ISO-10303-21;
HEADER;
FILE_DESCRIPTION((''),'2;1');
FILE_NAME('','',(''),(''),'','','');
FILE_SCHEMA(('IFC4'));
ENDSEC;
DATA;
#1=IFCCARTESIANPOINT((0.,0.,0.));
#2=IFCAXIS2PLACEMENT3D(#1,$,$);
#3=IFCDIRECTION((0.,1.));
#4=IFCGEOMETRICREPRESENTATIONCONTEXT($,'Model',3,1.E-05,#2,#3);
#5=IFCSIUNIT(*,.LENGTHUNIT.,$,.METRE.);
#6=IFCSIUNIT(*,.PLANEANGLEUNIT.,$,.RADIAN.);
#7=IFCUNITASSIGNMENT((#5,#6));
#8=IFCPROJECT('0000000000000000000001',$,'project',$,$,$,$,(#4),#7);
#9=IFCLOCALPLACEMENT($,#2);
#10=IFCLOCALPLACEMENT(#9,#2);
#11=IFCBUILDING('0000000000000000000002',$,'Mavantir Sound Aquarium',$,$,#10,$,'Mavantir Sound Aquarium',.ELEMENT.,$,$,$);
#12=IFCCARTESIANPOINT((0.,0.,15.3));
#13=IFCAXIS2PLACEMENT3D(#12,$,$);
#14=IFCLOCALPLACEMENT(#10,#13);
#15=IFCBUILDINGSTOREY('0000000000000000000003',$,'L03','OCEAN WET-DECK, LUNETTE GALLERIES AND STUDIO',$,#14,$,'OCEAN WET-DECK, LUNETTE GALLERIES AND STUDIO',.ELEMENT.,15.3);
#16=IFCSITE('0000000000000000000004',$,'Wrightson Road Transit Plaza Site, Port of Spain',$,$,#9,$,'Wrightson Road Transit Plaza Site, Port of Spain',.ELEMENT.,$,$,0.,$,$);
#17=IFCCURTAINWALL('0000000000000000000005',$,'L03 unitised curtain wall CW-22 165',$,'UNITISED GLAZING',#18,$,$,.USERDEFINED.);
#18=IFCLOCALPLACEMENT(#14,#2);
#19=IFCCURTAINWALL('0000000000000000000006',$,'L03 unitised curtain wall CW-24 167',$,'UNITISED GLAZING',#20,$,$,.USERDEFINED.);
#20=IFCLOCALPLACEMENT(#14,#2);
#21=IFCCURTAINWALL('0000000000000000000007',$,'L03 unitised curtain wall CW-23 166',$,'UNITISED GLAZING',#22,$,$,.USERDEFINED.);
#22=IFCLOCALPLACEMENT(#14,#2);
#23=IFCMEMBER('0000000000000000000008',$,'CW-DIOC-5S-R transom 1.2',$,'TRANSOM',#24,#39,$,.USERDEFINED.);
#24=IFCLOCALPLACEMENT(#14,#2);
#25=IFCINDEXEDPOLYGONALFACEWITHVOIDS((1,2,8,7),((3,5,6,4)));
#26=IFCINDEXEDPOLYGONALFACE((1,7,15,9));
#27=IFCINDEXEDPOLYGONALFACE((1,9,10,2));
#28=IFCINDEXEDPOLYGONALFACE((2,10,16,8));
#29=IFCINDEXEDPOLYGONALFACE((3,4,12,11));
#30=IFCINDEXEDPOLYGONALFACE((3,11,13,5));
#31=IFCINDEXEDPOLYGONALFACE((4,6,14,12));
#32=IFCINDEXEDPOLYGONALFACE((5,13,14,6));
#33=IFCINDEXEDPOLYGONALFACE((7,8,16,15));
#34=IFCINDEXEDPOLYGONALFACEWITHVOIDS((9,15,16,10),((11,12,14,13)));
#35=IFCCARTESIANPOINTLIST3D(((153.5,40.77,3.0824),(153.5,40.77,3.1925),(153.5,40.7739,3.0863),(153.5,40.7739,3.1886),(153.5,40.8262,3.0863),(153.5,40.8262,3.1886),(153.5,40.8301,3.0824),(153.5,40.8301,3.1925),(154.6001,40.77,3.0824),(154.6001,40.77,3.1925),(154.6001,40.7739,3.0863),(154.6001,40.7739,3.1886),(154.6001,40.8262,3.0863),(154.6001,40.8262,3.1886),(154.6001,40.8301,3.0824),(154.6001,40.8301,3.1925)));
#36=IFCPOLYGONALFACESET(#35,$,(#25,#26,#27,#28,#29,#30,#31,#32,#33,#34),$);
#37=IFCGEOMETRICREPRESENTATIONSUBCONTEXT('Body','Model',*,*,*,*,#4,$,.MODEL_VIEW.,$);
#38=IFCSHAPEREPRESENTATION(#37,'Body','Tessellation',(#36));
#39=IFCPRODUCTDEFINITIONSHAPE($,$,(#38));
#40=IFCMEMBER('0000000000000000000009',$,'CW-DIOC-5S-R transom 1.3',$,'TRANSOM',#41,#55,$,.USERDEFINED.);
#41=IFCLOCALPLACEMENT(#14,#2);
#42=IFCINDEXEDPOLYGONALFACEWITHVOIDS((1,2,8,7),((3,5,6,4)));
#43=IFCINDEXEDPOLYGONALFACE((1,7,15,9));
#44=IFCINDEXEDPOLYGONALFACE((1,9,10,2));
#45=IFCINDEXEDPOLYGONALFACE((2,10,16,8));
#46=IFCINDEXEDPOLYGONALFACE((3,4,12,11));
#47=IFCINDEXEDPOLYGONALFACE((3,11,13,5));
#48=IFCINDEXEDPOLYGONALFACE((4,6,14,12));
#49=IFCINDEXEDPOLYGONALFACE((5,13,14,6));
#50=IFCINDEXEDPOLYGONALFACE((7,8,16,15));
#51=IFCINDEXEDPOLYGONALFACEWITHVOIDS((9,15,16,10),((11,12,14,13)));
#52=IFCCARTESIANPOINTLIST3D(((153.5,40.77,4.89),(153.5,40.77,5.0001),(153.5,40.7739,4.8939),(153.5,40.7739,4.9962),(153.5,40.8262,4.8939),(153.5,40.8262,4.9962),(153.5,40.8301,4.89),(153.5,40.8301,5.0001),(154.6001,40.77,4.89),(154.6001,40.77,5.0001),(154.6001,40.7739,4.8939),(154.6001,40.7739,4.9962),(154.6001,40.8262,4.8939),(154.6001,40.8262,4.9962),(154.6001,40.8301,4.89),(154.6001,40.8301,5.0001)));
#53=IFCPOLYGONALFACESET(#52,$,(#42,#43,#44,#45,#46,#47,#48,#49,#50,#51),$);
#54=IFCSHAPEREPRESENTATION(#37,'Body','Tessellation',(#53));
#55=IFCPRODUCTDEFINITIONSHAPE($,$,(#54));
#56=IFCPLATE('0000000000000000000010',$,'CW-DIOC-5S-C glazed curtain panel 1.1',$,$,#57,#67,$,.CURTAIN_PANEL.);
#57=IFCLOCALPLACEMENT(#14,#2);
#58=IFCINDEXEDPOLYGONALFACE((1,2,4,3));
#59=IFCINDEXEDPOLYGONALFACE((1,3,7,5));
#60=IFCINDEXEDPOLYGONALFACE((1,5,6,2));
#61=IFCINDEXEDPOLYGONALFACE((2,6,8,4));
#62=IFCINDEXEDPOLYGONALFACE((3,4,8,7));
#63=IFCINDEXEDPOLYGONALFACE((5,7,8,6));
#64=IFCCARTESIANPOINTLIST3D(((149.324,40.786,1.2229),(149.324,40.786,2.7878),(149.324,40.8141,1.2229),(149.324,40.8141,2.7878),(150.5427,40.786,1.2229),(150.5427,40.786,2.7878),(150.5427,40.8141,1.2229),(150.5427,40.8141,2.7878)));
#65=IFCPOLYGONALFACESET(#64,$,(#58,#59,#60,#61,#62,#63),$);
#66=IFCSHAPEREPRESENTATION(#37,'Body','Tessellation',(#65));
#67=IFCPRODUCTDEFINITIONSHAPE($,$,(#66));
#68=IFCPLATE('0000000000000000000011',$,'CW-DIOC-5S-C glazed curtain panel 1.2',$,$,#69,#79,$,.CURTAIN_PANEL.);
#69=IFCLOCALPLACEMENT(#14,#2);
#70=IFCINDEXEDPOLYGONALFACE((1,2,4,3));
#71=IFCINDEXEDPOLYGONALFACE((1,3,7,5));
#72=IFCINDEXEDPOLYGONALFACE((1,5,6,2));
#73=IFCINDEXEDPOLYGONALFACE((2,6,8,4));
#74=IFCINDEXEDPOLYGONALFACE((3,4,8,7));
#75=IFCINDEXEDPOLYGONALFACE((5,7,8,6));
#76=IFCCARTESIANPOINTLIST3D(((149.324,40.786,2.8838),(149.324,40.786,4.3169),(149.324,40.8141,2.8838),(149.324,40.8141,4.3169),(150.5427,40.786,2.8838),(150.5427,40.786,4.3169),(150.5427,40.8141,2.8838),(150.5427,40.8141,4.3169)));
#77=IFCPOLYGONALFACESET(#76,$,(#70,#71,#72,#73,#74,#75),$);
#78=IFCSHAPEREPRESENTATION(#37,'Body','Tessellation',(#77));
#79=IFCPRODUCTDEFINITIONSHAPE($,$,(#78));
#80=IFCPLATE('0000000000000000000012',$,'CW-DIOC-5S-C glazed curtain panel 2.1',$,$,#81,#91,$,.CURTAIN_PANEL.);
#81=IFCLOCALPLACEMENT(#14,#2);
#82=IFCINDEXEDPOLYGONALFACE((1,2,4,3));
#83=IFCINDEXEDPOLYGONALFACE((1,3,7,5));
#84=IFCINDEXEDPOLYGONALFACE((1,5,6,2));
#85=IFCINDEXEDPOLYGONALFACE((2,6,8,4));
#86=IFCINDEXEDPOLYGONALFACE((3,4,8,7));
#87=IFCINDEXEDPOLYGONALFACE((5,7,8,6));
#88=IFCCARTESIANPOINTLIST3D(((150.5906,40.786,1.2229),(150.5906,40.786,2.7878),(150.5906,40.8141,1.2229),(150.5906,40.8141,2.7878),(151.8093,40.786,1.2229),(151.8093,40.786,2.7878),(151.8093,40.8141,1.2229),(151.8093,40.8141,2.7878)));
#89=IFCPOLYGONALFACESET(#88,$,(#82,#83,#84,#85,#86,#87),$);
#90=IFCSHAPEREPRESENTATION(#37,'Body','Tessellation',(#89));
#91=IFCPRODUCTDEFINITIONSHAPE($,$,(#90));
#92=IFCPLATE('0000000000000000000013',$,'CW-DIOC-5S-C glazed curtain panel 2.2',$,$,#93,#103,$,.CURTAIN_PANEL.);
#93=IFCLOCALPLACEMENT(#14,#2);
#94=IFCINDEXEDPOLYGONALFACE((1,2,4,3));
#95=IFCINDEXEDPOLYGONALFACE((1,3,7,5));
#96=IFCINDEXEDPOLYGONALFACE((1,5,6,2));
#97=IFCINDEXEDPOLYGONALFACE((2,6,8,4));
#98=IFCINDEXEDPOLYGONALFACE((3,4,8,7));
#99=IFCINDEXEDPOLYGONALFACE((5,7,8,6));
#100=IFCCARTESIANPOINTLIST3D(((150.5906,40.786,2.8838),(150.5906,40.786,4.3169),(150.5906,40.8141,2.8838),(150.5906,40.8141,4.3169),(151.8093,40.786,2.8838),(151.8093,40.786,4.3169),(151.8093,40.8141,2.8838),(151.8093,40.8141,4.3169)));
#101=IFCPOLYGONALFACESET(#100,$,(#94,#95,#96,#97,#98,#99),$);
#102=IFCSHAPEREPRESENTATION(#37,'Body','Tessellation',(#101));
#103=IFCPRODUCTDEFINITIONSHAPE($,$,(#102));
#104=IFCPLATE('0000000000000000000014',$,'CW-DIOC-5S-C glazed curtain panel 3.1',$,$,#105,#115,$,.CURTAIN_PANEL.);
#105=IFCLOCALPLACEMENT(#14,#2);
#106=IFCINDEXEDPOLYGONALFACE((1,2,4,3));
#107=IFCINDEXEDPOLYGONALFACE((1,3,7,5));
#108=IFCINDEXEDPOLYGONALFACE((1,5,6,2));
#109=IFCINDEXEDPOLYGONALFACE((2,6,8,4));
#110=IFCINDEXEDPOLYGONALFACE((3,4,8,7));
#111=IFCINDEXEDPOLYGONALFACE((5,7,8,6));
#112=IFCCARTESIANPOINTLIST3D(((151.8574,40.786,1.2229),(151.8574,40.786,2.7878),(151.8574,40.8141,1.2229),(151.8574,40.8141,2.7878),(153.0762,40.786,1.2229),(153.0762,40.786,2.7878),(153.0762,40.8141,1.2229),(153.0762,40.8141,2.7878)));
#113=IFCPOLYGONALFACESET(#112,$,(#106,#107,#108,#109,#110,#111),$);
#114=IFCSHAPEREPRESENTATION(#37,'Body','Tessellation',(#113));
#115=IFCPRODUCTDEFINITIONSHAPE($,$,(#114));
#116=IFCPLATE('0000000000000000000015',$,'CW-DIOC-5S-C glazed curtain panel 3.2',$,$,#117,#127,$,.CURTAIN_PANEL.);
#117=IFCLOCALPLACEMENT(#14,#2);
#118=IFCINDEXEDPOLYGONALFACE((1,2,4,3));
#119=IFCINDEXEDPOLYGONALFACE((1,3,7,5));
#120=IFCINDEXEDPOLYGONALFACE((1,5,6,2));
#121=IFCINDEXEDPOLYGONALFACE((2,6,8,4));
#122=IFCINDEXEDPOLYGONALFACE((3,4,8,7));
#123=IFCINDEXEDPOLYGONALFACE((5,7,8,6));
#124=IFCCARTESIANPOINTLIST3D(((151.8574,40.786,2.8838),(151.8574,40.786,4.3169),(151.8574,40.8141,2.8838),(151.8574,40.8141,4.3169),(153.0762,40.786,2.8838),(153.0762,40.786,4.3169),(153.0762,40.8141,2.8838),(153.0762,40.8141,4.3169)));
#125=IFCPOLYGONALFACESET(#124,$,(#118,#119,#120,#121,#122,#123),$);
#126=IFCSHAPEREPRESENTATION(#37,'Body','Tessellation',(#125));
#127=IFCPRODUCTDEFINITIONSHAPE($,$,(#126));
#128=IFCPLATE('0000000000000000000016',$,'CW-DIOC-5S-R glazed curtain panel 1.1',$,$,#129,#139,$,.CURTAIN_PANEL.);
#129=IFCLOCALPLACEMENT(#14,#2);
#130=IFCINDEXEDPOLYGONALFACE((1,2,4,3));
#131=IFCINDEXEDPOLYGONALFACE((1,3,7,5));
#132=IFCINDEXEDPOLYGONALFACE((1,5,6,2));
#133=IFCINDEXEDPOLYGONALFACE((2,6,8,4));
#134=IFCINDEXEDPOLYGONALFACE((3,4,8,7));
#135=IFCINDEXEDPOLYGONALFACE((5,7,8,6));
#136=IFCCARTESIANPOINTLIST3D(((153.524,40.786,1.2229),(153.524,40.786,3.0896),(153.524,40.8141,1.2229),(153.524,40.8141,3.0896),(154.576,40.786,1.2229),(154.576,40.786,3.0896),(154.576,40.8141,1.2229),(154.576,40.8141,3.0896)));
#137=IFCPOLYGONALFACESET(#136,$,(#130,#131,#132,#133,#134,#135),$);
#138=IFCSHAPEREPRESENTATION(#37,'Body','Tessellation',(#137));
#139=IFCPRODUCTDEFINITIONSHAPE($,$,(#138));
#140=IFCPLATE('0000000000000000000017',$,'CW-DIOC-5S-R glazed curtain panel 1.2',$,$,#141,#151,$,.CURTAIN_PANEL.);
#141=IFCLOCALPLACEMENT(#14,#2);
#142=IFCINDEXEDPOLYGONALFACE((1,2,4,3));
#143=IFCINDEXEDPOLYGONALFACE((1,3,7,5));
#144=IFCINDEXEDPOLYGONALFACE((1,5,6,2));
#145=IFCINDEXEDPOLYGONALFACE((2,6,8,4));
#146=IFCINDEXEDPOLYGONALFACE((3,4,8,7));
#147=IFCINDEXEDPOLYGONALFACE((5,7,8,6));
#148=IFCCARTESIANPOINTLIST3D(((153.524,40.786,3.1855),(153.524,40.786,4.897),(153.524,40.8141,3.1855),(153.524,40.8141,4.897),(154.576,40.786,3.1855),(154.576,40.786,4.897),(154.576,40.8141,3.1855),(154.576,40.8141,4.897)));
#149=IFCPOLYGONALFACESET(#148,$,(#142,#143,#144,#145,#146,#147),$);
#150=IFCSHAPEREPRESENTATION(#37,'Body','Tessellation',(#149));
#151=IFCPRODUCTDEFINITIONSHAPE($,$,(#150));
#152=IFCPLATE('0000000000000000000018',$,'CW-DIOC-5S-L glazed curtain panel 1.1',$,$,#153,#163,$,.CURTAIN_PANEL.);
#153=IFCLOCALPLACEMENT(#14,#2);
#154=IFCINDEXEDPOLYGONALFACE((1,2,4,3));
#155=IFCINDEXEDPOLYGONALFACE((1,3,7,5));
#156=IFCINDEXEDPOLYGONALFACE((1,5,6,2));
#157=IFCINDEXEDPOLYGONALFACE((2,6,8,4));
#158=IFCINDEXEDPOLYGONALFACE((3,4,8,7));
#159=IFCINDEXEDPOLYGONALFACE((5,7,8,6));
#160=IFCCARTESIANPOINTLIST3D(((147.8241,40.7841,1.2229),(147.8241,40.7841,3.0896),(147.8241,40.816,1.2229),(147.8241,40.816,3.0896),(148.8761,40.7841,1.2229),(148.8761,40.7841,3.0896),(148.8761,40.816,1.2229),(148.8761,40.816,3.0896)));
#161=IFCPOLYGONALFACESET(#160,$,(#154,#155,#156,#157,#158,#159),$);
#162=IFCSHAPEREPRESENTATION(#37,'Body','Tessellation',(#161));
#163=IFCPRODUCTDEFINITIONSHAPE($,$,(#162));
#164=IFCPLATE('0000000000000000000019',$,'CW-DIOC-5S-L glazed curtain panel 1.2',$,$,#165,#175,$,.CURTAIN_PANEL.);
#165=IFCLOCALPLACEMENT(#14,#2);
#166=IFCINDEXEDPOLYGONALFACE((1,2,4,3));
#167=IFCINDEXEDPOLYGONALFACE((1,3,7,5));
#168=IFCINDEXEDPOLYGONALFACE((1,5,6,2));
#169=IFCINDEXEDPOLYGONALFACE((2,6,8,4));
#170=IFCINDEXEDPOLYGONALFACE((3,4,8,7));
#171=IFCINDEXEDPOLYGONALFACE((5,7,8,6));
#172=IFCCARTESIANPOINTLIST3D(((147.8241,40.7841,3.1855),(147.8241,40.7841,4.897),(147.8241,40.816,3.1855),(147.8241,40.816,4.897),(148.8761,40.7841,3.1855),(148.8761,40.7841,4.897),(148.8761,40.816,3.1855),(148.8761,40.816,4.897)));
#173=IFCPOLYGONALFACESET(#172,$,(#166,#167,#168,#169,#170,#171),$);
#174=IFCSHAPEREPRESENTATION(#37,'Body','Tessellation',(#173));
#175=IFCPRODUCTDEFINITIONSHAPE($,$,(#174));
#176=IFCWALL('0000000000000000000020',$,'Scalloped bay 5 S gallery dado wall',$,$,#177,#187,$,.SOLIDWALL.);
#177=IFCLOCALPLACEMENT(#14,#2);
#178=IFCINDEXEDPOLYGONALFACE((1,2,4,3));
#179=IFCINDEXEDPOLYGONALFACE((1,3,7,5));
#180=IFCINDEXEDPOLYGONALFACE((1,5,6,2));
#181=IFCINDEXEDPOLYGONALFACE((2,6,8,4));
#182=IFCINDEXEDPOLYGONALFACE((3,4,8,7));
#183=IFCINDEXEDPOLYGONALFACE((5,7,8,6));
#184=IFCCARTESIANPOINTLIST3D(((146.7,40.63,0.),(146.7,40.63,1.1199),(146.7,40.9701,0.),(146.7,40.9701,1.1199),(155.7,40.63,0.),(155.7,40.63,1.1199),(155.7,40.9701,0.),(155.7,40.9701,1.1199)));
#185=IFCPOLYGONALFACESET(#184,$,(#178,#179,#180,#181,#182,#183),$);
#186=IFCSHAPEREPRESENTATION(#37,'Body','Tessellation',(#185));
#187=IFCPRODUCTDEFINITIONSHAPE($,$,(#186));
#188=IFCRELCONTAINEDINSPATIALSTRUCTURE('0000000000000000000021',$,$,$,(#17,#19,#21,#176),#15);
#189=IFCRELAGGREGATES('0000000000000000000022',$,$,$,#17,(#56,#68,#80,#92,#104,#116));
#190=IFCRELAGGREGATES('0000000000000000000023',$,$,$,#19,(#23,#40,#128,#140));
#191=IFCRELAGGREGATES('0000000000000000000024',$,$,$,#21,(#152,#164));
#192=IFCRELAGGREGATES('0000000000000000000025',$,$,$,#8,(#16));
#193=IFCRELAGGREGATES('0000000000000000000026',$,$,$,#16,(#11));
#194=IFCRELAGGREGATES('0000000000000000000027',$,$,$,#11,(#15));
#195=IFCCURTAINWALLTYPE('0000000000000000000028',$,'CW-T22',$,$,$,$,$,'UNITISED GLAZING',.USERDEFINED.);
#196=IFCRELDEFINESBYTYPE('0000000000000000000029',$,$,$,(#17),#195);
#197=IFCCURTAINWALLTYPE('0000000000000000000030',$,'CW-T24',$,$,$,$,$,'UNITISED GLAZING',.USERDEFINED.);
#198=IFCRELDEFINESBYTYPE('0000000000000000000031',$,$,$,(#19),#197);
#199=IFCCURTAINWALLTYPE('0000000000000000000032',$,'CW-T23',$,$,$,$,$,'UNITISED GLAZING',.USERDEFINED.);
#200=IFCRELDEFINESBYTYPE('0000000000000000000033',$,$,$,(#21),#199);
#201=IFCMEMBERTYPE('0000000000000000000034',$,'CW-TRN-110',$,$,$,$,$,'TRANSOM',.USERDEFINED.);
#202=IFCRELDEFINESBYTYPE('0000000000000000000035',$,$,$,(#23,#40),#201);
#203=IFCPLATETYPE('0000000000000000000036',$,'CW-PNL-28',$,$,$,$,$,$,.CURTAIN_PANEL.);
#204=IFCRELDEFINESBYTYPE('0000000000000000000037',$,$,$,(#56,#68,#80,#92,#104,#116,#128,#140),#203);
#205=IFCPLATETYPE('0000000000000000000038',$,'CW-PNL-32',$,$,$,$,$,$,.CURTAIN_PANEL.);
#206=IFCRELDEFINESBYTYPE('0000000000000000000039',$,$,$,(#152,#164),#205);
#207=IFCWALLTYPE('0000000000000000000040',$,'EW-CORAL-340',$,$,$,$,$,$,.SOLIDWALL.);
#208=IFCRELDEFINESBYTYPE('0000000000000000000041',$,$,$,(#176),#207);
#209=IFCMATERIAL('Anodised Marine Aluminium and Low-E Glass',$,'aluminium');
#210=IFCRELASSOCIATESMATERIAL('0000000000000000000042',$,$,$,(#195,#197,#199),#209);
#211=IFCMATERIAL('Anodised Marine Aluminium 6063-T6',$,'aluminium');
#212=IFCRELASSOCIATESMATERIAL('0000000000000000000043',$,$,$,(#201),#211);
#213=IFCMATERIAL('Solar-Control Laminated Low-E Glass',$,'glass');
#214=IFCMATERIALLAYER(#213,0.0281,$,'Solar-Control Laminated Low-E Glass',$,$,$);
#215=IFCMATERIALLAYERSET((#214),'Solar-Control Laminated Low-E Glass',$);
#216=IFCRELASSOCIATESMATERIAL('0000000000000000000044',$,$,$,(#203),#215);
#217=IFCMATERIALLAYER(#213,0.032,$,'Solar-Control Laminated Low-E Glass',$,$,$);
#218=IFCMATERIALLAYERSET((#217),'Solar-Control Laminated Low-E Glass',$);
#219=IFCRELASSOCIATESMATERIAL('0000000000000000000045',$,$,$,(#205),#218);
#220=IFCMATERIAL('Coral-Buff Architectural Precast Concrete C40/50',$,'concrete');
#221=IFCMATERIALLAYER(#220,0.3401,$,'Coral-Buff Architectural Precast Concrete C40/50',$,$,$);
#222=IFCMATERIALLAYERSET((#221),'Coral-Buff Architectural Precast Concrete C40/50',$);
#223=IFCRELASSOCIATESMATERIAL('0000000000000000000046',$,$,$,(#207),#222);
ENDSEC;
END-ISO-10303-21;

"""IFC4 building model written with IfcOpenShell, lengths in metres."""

from ifc_helpers import new_model, si_unit, direction, frame, frame_2d, origin, origin_2d, place, context, subcontext, project, spatial, rectangle, hollow_rectangle, extrude, material, layer, layer_set, material_profile, profile_set, type_object, element, aggregate, save


model = new_model("IFC4")

# Units and contexts
model_context = context("Model", 3, precision=1e-05, world=origin(), true_north=direction((0.0, 1.0)))
body_context = subcontext(model_context, "Body", "Model", "MODEL_VIEW")
ifc_project = project(units=[si_unit("LENGTHUNIT", "METRE"), si_unit("PLANEANGLEUNIT", "RADIAN")], contexts=[model_context])

# Site, building, storey
site_placement = place(None, origin())
site = spatial("IfcSite", under=ifc_project, at=site_placement, Name="Wrightson Road Transit Plaza Site, Port of Spain", LongName="Wrightson Road Transit Plaza Site, Port of Spain", CompositionType="ELEMENT", RefElevation=0.0)
building_placement = place(site_placement, origin())
building = spatial("IfcBuilding", under=site, at=building_placement, Name="Mavantir Sound Aquarium", LongName="Mavantir Sound Aquarium", CompositionType="ELEMENT")
storey_placement = place(building_placement, frame((0.0, 0.0, 15.3)))
storey = spatial("IfcBuildingStorey", under=building, at=storey_placement, Name="L03", Description="OCEAN WET-DECK, LUNETTE GALLERIES AND STUDIO", LongName="OCEAN WET-DECK, LUNETTE GALLERIES AND STUDIO", CompositionType="ELEMENT", Elevation=15.3)

# Curtain walls
ifc_material_1 = material(Name="Anodised Marine Aluminium and Low-E Glass", Category="aluminium")
curtain_wall_type_1 = type_object("IfcCurtainWallType", Name="CW-T22", ElementType="UNITISED GLAZING", PredefinedType="USERDEFINED", material=ifc_material_1)
curtain_wall_1_placement = place(storey_placement, origin())
curtain_wall_1 = element("IfcCurtainWall", 1, at=curtain_wall_1_placement, inside=storey, type_object=curtain_wall_type_1, Name="L03 unitised curtain wall CW-22 165", ObjectType="UNITISED GLAZING", PredefinedType="USERDEFINED")
ifc_material_2 = material(Name="Anodised Marine Aluminium 6063-T6", Category="aluminium")
curtain_wall_type_2 = type_object("IfcCurtainWallType", Name="CW-T24", ElementType="UNITISED GLAZING", PredefinedType="USERDEFINED", material=ifc_material_1)
curtain_wall_2_placement = place(storey_placement, origin())
curtain_wall_2 = element("IfcCurtainWall", 2, at=curtain_wall_2_placement, inside=storey, type_object=curtain_wall_type_2, Name="L03 unitised curtain wall CW-24 167", ObjectType="UNITISED GLAZING", PredefinedType="USERDEFINED")
curtain_wall_type_3 = type_object("IfcCurtainWallType", Name="CW-T23", ElementType="UNITISED GLAZING", PredefinedType="USERDEFINED", material=ifc_material_1)
curtain_wall_3_placement = place(storey_placement, origin())
curtain_wall_3 = element("IfcCurtainWall", 3, at=curtain_wall_3_placement, inside=storey, type_object=curtain_wall_type_3, Name="L03 unitised curtain wall CW-23 166", ObjectType="UNITISED GLAZING", PredefinedType="USERDEFINED")

# Members
ifc_material_profile_1 = material_profile(ifc_material_2, hollow_rectangle(XDim=0.0601, YDim=0.1101, WallThickness=0.0039, at=origin_2d()), Name="ALU-TRANSOM-110X60")
ifc_profile_set_1 = profile_set([ifc_material_profile_1], Name="Anodised Marine Aluminium 6063-T6")
member_type_1 = type_object("IfcMemberType", Name="CW-TRN-110", ElementType="TRANSOM", PredefinedType="USERDEFINED", material=ifc_profile_set_1)
member_1_placement = place(storey_placement, frame((153.5, 40.8, 3.1375), z_axis=(1.0, 0.0, 0.0), x_axis=(0.0, 1.0, 0.0)))
member_1 = element("IfcMember", 4, at=member_1_placement, type_object=member_type_1, Name="CW-DIOC-5S-R transom 1.2", ObjectType="TRANSOM", PredefinedType="USERDEFINED", context=body_context, shape_type="SweptSolid", body=[
    extrude(hollow_rectangle(XDim=0.0601, YDim=0.1101, WallThickness=0.0039, at=origin_2d()), origin(), (0.0, 0.0, 1.0), 1.1001),
])
member_2_placement = place(storey_placement, frame((153.5, 40.8, 4.9451), z_axis=(1.0, 0.0, 0.0), x_axis=(0.0, 1.0, 0.0)))
member_2 = element("IfcMember", 5, at=member_2_placement, type_object=member_type_1, Name="CW-DIOC-5S-R transom 1.3", ObjectType="TRANSOM", PredefinedType="USERDEFINED", context=body_context, shape_type="SweptSolid", body=[
    extrude(hollow_rectangle(XDim=0.0601, YDim=0.1101, WallThickness=0.0039, at=origin_2d()), origin(), (0.0, 0.0, 1.0), 1.1001),
])

# Plates
ifc_material_3 = material(Name="Solar-Control Laminated Low-E Glass", Category="glass")
ifc_layer_1 = layer(ifc_material_3, 0.0281, Name="Solar-Control Laminated Low-E Glass")
ifc_layer_set_1 = layer_set([ifc_layer_1], Name="Solar-Control Laminated Low-E Glass")
plate_type_1 = type_object("IfcPlateType", Name="CW-PNL-28", PredefinedType="CURTAIN_PANEL", material=ifc_layer_set_1)
plate_1_placement = place(storey_placement, frame((149.9333, 40.8, 1.2229), z_axis=(0.0, 0.0, 1.0), x_axis=(1.0, 0.0, 0.0)))
plate_1 = element("IfcPlate", 6, at=plate_1_placement, type_object=plate_type_1, Name="CW-DIOC-5S-C glazed curtain panel 1.1", PredefinedType="CURTAIN_PANEL", context=body_context, shape_type="SweptSolid", body=[
    extrude(rectangle(XDim=1.2188, YDim=0.0281, at=origin_2d()), origin(), (0.0, 0.0, 1.0), 1.5649),
])
plate_2_placement = place(storey_placement, frame((149.9333, 40.8, 2.8838), z_axis=(0.0, 0.0, 1.0), x_axis=(1.0, 0.0, 0.0)))
plate_2 = element("IfcPlate", 7, at=plate_2_placement, type_object=plate_type_1, Name="CW-DIOC-5S-C glazed curtain panel 1.2", PredefinedType="CURTAIN_PANEL", context=body_context, shape_type="SweptSolid", body=[
    extrude(rectangle(XDim=1.2188, YDim=0.0281, at=origin_2d()), origin(), (0.0, 0.0, 1.0), 1.4331),
])
plate_3_placement = place(storey_placement, frame((151.2, 40.8, 1.2229), z_axis=(0.0, 0.0, 1.0), x_axis=(1.0, 0.0, 0.0)))
plate_3 = element("IfcPlate", 8, at=plate_3_placement, type_object=plate_type_1, Name="CW-DIOC-5S-C glazed curtain panel 2.1", PredefinedType="CURTAIN_PANEL", context=body_context, shape_type="SweptSolid", body=[
    extrude(rectangle(XDim=1.2188, YDim=0.0281, at=origin_2d()), origin(), (0.0, 0.0, 1.0), 1.5649),
])
plate_4_placement = place(storey_placement, frame((151.2, 40.8, 2.8838), z_axis=(0.0, 0.0, 1.0), x_axis=(1.0, 0.0, 0.0)))
plate_4 = element("IfcPlate", 9, at=plate_4_placement, type_object=plate_type_1, Name="CW-DIOC-5S-C glazed curtain panel 2.2", PredefinedType="CURTAIN_PANEL", context=body_context, shape_type="SweptSolid", body=[
    extrude(rectangle(XDim=1.2188, YDim=0.0281, at=origin_2d()), origin(), (0.0, 0.0, 1.0), 1.4331),
])
plate_5_placement = place(storey_placement, frame((152.4668, 40.8, 1.2229), z_axis=(0.0, 0.0, 1.0), x_axis=(1.0, 0.0, 0.0)))
plate_5 = element("IfcPlate", 10, at=plate_5_placement, type_object=plate_type_1, Name="CW-DIOC-5S-C glazed curtain panel 3.1", PredefinedType="CURTAIN_PANEL", context=body_context, shape_type="SweptSolid", body=[
    extrude(rectangle(XDim=1.2188, YDim=0.0281, at=origin_2d()), origin(), (0.0, 0.0, 1.0), 1.5649),
])
plate_6_placement = place(storey_placement, frame((152.4668, 40.8, 2.8838), z_axis=(0.0, 0.0, 1.0), x_axis=(1.0, 0.0, 0.0)))
plate_6 = element("IfcPlate", 11, at=plate_6_placement, type_object=plate_type_1, Name="CW-DIOC-5S-C glazed curtain panel 3.2", PredefinedType="CURTAIN_PANEL", context=body_context, shape_type="SweptSolid", body=[
    extrude(rectangle(XDim=1.2188, YDim=0.0281, at=origin_2d()), origin(), (0.0, 0.0, 1.0), 1.4331),
])
aggregate(curtain_wall_1, [plate_1, plate_2, plate_3, plate_4, plate_5, plate_6])
plate_7_placement = place(storey_placement, frame((154.05, 40.8, 1.2229), z_axis=(0.0, 0.0, 1.0), x_axis=(1.0, 0.0, 0.0)))
plate_7 = element("IfcPlate", 12, at=plate_7_placement, type_object=plate_type_1, Name="CW-DIOC-5S-R glazed curtain panel 1.1", PredefinedType="CURTAIN_PANEL", context=body_context, shape_type="SweptSolid", body=[
    extrude(rectangle(XDim=1.052, YDim=0.0281, at=origin_2d()), origin(), (0.0, 0.0, 1.0), 1.8667),
])
plate_8_placement = place(storey_placement, frame((154.05, 40.8, 3.1855), z_axis=(0.0, 0.0, 1.0), x_axis=(1.0, 0.0, 0.0)))
plate_8 = element("IfcPlate", 13, at=plate_8_placement, type_object=plate_type_1, Name="CW-DIOC-5S-R glazed curtain panel 1.2", PredefinedType="CURTAIN_PANEL", context=body_context, shape_type="SweptSolid", body=[
    extrude(rectangle(XDim=1.052, YDim=0.0281, at=origin_2d()), origin(), (0.0, 0.0, 1.0), 1.7114),
])
aggregate(curtain_wall_2, [member_1, member_2, plate_7, plate_8])
ifc_layer_2 = layer(ifc_material_3, 0.032, Name="Solar-Control Laminated Low-E Glass")
ifc_layer_set_2 = layer_set([ifc_layer_2], Name="Solar-Control Laminated Low-E Glass")
plate_type_2 = type_object("IfcPlateType", Name="CW-PNL-32", PredefinedType="CURTAIN_PANEL", material=ifc_layer_set_2)
plate_9_placement = place(storey_placement, frame((148.3501, 40.8, 1.2229), z_axis=(0.0, 0.0, 1.0), x_axis=(1.0, 0.0, 0.0)))
plate_9 = element("IfcPlate", 14, at=plate_9_placement, type_object=plate_type_2, Name="CW-DIOC-5S-L glazed curtain panel 1.1", PredefinedType="CURTAIN_PANEL", context=body_context, shape_type="SweptSolid", body=[
    extrude(rectangle(XDim=1.052, YDim=0.032, at=origin_2d()), origin(), (0.0, 0.0, 1.0), 1.8667),
])
plate_10_placement = place(storey_placement, frame((148.3501, 40.8, 3.1855), z_axis=(0.0, 0.0, 1.0), x_axis=(1.0, 0.0, 0.0)))
plate_10 = element("IfcPlate", 15, at=plate_10_placement, type_object=plate_type_2, Name="CW-DIOC-5S-L glazed curtain panel 1.2", PredefinedType="CURTAIN_PANEL", context=body_context, shape_type="SweptSolid", body=[
    extrude(rectangle(XDim=1.052, YDim=0.032, at=origin_2d()), origin(), (0.0, 0.0, 1.0), 1.7114),
])
aggregate(curtain_wall_3, [plate_9, plate_10])

# Wall
ifc_material_4 = material(Name="Coral-Buff Architectural Precast Concrete C40/50", Category="concrete")
ifc_layer_3 = layer(ifc_material_4, 0.3401, Name="Coral-Buff Architectural Precast Concrete C40/50")
ifc_layer_set_3 = layer_set([ifc_layer_3], Name="Coral-Buff Architectural Precast Concrete C40/50")
wall_type_1 = type_object("IfcWallType", Name="EW-CORAL-340", PredefinedType="SOLIDWALL", material=ifc_layer_set_3)
wall_1_placement = place(storey_placement, frame((146.7, 40.8, 0.0), z_axis=(0.0, 0.0, 1.0), x_axis=(1.0, 0.0, 0.0)))
element("IfcWall", 16, at=wall_1_placement, inside=storey, type_object=wall_type_1, Name="Scalloped bay 5 S gallery dado wall", PredefinedType="SOLIDWALL", context=body_context, shape_type="SweptSolid", body=[
    extrude(rectangle(XDim=9.0, YDim=0.3401, at=frame_2d((4.5, 0.0))), origin(), (0.0, 0.0, 1.0), 1.1199),
])

save(model, "model.ifc")
